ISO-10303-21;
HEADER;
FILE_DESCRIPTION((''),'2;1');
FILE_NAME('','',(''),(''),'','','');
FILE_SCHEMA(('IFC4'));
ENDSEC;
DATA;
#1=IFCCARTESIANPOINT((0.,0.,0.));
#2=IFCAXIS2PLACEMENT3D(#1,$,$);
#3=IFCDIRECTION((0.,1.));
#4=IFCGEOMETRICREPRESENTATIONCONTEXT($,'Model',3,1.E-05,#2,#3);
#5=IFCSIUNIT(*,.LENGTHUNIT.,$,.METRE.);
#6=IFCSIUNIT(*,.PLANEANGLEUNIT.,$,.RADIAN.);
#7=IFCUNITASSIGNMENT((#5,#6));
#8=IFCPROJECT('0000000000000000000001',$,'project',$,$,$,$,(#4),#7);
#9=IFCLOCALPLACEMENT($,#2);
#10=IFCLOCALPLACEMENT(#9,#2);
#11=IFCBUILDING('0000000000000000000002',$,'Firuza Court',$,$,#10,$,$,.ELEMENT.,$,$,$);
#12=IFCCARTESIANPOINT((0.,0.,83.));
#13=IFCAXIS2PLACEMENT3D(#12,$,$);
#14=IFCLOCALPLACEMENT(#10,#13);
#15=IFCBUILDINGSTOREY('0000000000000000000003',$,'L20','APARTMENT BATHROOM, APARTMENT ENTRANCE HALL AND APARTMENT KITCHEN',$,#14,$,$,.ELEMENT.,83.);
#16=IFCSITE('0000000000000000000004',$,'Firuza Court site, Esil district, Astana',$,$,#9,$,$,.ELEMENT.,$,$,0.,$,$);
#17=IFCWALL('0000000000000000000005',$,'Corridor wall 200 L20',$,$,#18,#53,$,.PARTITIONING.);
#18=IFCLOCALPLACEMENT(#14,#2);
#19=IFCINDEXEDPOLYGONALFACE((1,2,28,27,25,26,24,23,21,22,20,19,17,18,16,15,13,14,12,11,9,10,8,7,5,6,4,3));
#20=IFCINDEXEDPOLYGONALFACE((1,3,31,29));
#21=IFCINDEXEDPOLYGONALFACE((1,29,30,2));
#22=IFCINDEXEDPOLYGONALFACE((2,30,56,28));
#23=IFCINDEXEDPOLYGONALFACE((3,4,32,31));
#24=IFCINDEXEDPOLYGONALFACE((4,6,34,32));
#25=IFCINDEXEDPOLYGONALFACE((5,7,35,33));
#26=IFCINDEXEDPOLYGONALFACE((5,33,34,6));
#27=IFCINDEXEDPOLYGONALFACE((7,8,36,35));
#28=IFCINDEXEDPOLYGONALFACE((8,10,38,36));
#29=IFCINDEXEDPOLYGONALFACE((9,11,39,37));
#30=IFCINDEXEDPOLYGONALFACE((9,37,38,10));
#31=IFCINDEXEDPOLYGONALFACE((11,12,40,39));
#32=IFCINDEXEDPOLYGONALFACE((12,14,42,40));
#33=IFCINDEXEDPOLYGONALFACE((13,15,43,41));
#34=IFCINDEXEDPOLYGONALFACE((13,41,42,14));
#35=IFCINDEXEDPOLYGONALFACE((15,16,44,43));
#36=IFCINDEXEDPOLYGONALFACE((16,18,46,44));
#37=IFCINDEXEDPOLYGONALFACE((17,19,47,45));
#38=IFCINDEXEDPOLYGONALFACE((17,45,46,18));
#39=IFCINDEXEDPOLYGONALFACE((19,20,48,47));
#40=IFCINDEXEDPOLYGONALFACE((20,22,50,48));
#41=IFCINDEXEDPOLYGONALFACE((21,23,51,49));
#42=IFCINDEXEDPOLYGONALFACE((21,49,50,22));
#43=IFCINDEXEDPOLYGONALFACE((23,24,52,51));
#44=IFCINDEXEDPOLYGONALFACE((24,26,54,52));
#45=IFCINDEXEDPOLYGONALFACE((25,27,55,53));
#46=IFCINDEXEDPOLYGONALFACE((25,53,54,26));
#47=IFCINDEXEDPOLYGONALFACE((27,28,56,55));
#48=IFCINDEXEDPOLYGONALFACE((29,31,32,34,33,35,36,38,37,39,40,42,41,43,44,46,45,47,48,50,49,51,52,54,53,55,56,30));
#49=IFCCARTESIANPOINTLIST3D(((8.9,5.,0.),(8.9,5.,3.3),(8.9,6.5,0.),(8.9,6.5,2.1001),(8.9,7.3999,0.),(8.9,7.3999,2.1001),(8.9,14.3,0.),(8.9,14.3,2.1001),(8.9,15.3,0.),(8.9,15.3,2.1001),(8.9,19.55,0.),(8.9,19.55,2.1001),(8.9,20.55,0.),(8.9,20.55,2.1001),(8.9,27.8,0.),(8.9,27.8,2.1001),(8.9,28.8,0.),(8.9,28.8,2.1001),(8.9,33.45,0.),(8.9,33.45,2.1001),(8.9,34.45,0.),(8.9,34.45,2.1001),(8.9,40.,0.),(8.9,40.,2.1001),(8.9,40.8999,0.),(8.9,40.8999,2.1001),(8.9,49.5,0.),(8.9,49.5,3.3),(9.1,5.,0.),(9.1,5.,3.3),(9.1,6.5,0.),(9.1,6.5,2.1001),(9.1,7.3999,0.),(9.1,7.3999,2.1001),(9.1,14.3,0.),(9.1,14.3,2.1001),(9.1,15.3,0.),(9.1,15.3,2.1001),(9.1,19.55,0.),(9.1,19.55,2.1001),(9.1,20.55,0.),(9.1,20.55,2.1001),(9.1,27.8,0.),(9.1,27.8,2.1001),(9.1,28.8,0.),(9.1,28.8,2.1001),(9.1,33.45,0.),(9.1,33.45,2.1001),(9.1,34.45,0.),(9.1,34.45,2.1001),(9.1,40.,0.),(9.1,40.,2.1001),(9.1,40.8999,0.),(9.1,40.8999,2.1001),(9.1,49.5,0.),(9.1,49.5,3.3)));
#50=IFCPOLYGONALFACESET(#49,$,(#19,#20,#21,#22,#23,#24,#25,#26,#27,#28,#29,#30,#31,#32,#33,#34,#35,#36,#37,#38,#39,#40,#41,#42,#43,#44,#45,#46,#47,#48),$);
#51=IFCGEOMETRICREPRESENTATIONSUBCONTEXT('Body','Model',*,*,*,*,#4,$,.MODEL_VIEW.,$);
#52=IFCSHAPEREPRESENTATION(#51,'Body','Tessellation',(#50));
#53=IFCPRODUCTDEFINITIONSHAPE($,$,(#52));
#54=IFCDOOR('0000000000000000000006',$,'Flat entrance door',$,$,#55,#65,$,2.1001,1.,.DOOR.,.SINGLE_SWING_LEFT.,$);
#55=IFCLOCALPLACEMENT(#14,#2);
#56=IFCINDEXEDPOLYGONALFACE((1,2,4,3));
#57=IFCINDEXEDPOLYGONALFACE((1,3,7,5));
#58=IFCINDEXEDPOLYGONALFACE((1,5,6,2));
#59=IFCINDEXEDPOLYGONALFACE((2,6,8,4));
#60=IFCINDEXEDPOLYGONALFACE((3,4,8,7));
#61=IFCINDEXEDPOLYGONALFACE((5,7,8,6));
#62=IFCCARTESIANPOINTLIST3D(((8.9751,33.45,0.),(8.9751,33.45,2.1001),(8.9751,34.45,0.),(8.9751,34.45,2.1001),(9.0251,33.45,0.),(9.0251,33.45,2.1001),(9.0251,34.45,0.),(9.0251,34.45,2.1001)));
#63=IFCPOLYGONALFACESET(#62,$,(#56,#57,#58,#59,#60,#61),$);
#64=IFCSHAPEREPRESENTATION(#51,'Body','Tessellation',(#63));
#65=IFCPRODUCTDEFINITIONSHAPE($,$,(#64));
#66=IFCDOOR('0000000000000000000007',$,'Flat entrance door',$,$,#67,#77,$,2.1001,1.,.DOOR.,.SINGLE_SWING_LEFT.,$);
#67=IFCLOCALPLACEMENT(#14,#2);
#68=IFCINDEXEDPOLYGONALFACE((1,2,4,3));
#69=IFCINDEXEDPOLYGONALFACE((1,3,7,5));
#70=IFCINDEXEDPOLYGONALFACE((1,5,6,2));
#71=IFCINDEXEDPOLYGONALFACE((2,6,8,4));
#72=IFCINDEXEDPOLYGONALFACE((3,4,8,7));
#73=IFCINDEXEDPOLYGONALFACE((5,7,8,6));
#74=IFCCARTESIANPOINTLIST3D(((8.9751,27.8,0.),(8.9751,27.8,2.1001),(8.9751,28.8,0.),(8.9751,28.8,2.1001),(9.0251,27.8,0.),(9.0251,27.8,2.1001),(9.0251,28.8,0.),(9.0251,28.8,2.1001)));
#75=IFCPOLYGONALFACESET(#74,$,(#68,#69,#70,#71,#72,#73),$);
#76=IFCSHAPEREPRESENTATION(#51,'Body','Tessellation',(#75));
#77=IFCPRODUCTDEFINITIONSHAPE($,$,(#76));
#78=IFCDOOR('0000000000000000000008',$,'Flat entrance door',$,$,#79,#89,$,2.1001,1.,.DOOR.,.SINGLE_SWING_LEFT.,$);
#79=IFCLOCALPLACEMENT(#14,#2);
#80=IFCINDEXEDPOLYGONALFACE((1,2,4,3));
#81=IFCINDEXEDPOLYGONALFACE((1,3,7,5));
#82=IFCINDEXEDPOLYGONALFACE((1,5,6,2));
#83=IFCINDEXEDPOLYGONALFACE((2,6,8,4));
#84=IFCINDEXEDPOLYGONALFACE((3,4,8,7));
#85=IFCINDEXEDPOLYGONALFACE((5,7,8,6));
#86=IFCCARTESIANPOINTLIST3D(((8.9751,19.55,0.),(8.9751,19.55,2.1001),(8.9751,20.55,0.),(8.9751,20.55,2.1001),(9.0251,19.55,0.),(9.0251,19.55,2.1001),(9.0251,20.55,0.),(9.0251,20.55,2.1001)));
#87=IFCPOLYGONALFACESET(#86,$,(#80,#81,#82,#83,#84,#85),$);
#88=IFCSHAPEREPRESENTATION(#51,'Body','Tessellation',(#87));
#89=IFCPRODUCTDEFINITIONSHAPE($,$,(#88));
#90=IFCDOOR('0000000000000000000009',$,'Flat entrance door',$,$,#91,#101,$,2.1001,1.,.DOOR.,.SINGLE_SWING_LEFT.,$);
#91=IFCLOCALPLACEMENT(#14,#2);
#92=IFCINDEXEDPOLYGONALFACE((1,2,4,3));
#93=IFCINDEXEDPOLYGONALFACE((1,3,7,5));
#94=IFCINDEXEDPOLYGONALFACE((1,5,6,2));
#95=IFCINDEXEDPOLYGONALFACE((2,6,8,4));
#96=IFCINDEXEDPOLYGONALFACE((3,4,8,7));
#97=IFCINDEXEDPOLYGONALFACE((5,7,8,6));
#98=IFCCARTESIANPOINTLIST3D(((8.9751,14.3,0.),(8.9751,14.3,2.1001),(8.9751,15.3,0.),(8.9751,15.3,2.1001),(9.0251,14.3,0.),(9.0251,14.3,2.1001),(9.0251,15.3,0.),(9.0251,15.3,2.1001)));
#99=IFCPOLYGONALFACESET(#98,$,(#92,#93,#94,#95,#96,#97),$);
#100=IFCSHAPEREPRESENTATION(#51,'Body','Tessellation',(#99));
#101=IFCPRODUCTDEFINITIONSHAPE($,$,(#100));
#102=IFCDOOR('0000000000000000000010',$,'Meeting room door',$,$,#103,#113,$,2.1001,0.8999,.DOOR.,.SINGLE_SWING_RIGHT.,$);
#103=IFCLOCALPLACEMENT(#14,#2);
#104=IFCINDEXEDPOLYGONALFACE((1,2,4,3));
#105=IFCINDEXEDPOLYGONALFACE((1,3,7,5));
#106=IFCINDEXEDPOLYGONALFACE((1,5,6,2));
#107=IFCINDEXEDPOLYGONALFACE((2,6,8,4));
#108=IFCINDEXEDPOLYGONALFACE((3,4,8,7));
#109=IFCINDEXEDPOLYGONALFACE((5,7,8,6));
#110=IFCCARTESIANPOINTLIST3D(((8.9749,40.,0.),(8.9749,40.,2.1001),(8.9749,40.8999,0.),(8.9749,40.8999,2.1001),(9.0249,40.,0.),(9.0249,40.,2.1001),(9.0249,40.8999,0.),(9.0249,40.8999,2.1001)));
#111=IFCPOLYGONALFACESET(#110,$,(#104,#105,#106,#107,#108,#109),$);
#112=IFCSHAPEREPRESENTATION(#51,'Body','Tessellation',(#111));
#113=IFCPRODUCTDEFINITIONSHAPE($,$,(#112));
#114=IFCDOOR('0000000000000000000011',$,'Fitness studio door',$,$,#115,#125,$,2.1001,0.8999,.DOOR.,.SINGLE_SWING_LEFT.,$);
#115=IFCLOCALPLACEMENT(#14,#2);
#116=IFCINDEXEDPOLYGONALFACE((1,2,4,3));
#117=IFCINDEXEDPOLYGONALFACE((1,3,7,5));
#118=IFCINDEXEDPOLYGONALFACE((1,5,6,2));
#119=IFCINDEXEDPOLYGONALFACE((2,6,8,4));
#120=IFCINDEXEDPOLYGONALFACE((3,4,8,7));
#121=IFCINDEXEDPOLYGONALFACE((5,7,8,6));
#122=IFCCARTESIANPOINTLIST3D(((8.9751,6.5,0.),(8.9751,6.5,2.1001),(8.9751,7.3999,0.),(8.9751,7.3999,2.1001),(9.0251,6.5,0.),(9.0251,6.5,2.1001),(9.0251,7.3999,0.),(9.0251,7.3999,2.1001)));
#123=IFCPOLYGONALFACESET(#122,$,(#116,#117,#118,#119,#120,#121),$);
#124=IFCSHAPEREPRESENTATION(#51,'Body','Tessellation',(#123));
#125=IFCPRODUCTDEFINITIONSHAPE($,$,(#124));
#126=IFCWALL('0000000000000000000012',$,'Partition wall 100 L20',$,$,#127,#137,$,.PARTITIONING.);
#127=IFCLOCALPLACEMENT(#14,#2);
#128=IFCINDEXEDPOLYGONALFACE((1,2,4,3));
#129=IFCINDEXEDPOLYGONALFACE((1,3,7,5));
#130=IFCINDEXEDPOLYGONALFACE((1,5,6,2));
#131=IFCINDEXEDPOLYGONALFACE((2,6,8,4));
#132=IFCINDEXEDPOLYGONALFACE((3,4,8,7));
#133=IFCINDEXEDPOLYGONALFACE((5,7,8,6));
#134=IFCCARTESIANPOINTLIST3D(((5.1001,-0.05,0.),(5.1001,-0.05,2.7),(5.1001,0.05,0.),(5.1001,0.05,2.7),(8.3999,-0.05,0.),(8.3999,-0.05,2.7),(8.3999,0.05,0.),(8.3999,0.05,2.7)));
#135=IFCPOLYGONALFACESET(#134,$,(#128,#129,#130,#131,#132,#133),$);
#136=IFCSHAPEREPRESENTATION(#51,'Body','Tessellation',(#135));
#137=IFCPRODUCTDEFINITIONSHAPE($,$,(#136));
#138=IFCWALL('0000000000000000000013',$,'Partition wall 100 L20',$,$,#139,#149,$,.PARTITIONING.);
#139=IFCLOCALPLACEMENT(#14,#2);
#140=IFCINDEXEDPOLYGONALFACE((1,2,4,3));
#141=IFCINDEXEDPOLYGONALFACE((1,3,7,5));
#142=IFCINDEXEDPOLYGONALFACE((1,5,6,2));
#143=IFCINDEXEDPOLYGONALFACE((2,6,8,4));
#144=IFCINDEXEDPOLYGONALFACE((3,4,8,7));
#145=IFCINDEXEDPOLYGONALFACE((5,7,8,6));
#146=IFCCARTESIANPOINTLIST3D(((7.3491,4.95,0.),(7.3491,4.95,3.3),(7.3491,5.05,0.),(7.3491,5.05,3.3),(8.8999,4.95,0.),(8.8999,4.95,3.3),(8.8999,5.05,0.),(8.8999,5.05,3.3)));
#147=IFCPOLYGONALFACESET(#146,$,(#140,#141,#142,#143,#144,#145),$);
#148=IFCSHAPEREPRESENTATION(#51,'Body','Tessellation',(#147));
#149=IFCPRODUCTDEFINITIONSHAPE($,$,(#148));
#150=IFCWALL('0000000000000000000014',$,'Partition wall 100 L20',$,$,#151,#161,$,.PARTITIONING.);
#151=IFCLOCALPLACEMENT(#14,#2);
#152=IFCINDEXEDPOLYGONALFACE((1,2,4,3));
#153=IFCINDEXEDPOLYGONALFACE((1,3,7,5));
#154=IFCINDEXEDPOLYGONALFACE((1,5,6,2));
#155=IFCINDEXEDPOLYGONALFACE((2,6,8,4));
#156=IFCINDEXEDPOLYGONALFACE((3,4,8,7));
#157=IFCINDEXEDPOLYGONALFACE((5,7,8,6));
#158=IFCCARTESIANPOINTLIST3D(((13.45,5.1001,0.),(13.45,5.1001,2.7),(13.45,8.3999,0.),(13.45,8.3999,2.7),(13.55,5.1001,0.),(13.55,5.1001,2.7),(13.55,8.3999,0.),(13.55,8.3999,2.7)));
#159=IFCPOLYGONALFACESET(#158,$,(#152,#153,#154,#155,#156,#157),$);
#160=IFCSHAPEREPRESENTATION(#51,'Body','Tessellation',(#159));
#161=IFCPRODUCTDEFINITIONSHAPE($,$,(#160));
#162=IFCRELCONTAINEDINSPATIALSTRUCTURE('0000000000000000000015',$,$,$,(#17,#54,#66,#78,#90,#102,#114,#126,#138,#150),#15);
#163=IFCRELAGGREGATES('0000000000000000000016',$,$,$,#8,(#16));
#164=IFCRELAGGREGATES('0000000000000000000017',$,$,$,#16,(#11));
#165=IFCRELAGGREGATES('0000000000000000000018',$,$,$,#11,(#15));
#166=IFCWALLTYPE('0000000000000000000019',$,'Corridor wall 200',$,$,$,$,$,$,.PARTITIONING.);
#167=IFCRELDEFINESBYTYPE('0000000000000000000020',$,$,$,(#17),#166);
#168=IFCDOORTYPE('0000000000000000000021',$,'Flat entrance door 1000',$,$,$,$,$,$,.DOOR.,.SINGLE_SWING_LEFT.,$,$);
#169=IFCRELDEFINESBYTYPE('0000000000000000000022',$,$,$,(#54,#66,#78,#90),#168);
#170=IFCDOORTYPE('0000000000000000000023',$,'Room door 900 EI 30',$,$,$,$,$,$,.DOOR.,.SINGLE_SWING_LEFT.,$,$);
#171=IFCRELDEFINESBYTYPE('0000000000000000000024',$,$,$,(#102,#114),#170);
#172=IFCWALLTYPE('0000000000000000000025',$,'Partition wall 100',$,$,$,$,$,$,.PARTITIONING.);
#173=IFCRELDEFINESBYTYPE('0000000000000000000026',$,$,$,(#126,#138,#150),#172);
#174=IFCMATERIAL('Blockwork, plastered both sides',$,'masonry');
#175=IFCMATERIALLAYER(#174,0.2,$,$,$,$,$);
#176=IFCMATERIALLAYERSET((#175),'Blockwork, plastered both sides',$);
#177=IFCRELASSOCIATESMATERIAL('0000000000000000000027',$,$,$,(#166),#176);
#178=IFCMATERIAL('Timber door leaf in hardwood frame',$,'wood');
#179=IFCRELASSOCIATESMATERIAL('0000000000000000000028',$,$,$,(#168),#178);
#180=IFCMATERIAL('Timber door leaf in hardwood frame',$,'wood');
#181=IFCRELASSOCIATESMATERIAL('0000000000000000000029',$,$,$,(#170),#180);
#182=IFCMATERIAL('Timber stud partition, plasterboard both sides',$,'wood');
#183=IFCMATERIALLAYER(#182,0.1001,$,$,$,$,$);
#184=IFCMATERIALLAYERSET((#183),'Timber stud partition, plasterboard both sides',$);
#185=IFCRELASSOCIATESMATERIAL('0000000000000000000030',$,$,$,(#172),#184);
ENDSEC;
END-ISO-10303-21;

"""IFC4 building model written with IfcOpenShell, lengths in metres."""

from ifc_helpers import new_model, si_unit, direction, frame, frame_2d, origin, place, context, subcontext, project, spatial, rectangle, extrude, material, layer, layer_set, type_object, element, fill, save


model = new_model("IFC4")

# Units and contexts
model_context = context("Model", 3, precision=1e-05, world=origin(), true_north=direction((0.0, 1.0)))
body_context = subcontext(model_context, "Body", "Model", "MODEL_VIEW")
ifc_project = project(units=[si_unit("LENGTHUNIT", "METRE"), si_unit("PLANEANGLEUNIT", "RADIAN")], contexts=[model_context])

# Site, building, storey
site_placement = place(None, origin())
site = spatial("IfcSite", under=ifc_project, at=site_placement, Name="Firuza Court site, Esil district, Astana", CompositionType="ELEMENT", RefElevation=0.0)
building_placement = place(site_placement, origin())
building = spatial("IfcBuilding", under=site, at=building_placement, Name="Firuza Court", CompositionType="ELEMENT")
storey_placement = place(building_placement, frame((0.0, 0.0, 83.0)))
storey = spatial("IfcBuildingStorey", under=building, at=storey_placement, Name="L20", Description="APARTMENT BATHROOM, APARTMENT ENTRANCE HALL AND APARTMENT KITCHEN", CompositionType="ELEMENT", Elevation=83.0)

# Wall, openings, doors
ifc_material_1 = material(Name="Blockwork, plastered both sides", Category="masonry")
ifc_layer_1 = layer(ifc_material_1, 0.2)
ifc_layer_set_1 = layer_set([ifc_layer_1], Name="Blockwork, plastered both sides")
wall_type_1 = type_object("IfcWallType", Name="Corridor wall 200", PredefinedType="PARTITIONING", material=ifc_layer_set_1)
wall_1_placement = place(storey_placement, frame((9.0, 5.0, 0.0), z_axis=(0.0, 0.0, 1.0), x_axis=(0.0, 1.0, 0.0)))
wall_1 = element("IfcWall", 1, at=wall_1_placement, inside=storey, type_object=wall_type_1, Name="Corridor wall 200 L20", PredefinedType="PARTITIONING", context=body_context, shape_type="SweptSolid", body=[
    extrude(rectangle(XDim=44.5, YDim=0.2, at=frame_2d((22.25, 0.0))), origin(), (0.0, 0.0, 1.0), 3.3),
])
opening_1_placement = place(wall_1_placement, frame((28.45, 0.0, 0.0)))
opening_1 = element("IfcOpeningElement", 2, at=opening_1_placement, cuts=wall_1, PredefinedType="OPENING", context=body_context, shape_type="SweptSolid", body=[
    extrude(rectangle(XDim=1.0, YDim=2.1001, at=frame_2d((0.5, 1.05))), frame((0.0, 0.1118, 0.0), z_axis=(0.0, -1.0, 0.0), x_axis=(1.0, 0.0, 0.0)), (0.0, 0.0, 1.0), 0.2239),
])
opening_2_placement = place(wall_1_placement, frame((22.8, 0.0, 0.0)))
opening_2 = element("IfcOpeningElement", 3, at=opening_2_placement, cuts=wall_1, PredefinedType="OPENING", context=body_context, shape_type="SweptSolid", body=[
    extrude(rectangle(XDim=1.0, YDim=2.1001, at=frame_2d((0.5, 1.05))), frame((0.0, 0.1118, 0.0), z_axis=(0.0, -1.0, 0.0), x_axis=(1.0, 0.0, 0.0)), (0.0, 0.0, 1.0), 0.2239),
])
opening_3_placement = place(wall_1_placement, frame((14.55, 0.0, 0.0)))
opening_3 = element("IfcOpeningElement", 4, at=opening_3_placement, cuts=wall_1, PredefinedType="OPENING", context=body_context, shape_type="SweptSolid", body=[
    extrude(rectangle(XDim=1.0, YDim=2.1001, at=frame_2d((0.5, 1.05))), frame((0.0, 0.1118, 0.0), z_axis=(0.0, -1.0, 0.0), x_axis=(1.0, 0.0, 0.0)), (0.0, 0.0, 1.0), 0.2239),
])
opening_4_placement = place(wall_1_placement, frame((9.3, 0.0, 0.0)))
opening_4 = element("IfcOpeningElement", 5, at=opening_4_placement, cuts=wall_1, PredefinedType="OPENING", context=body_context, shape_type="SweptSolid", body=[
    extrude(rectangle(XDim=1.0, YDim=2.1001, at=frame_2d((0.5, 1.05))), frame((0.0, 0.1118, 0.0), z_axis=(0.0, -1.0, 0.0), x_axis=(1.0, 0.0, 0.0)), (0.0, 0.0, 1.0), 0.2239),
])
opening_5_placement = place(wall_1_placement, frame((35.0, 0.0, 0.0)))
opening_5 = element("IfcOpeningElement", 6, at=opening_5_placement, cuts=wall_1, PredefinedType="OPENING", context=body_context, shape_type="SweptSolid", body=[
    extrude(rectangle(XDim=0.8999, YDim=2.1001, at=frame_2d((0.45, 1.05))), frame((0.0, 0.1118, 0.0), z_axis=(0.0, -1.0, 0.0), x_axis=(1.0, 0.0, 0.0)), (0.0, 0.0, 1.0), 0.2239),
])
opening_6_placement = place(wall_1_placement, frame((1.5, 0.0, 0.0)))
opening_6 = element("IfcOpeningElement", 7, at=opening_6_placement, cuts=wall_1, PredefinedType="OPENING", context=body_context, shape_type="SweptSolid", body=[
    extrude(rectangle(XDim=0.8999, YDim=2.1001, at=frame_2d((0.45, 1.05))), frame((0.0, 0.1118, 0.0), z_axis=(0.0, -1.0, 0.0), x_axis=(1.0, 0.0, 0.0)), (0.0, 0.0, 1.0), 0.2239),
])
ifc_material_2 = material(Name="Timber door leaf in hardwood frame", Category="wood")
door_type_1 = type_object("IfcDoorType", Name="Flat entrance door 1000", OperationType="SINGLE_SWING_LEFT", PredefinedType="DOOR", material=ifc_material_2)
door_1_placement = place(opening_1_placement, origin())
door_1 = element("IfcDoor", 8, at=door_1_placement, inside=storey, type_object=door_type_1, Name="Flat entrance door", OperationType="SINGLE_SWING_LEFT", OverallHeight=2.1001, OverallWidth=1.0, PredefinedType="DOOR", context=body_context, shape_type="SweptSolid", body=[
    extrude(rectangle(XDim=1.0, YDim=2.1001, at=frame_2d((0.5, 1.05))), frame((0.0, 0.0249, 0.0), z_axis=(0.0, -1.0, 0.0), x_axis=(1.0, 0.0, 0.0)), (0.0, 0.0, 1.0), 0.05),
])
fill(opening_1, door_1)
door_2_placement = place(opening_2_placement, origin())
door_2 = element("IfcDoor", 9, at=door_2_placement, inside=storey, type_object=door_type_1, Name="Flat entrance door", OperationType="SINGLE_SWING_LEFT", OverallHeight=2.1001, OverallWidth=1.0, PredefinedType="DOOR", context=body_context, shape_type="SweptSolid", body=[
    extrude(rectangle(XDim=1.0, YDim=2.1001, at=frame_2d((0.5, 1.05))), frame((0.0, 0.0249, 0.0), z_axis=(0.0, -1.0, 0.0), x_axis=(1.0, 0.0, 0.0)), (0.0, 0.0, 1.0), 0.05),
])
fill(opening_2, door_2)
door_3_placement = place(opening_3_placement, origin())
door_3 = element("IfcDoor", 10, at=door_3_placement, inside=storey, type_object=door_type_1, Name="Flat entrance door", OperationType="SINGLE_SWING_LEFT", OverallHeight=2.1001, OverallWidth=1.0, PredefinedType="DOOR", context=body_context, shape_type="SweptSolid", body=[
    extrude(rectangle(XDim=1.0, YDim=2.1001, at=frame_2d((0.5, 1.05))), frame((0.0, 0.0249, 0.0), z_axis=(0.0, -1.0, 0.0), x_axis=(1.0, 0.0, 0.0)), (0.0, 0.0, 1.0), 0.05),
])
fill(opening_3, door_3)
door_4_placement = place(opening_4_placement, origin())
door_4 = element("IfcDoor", 11, at=door_4_placement, inside=storey, type_object=door_type_1, Name="Flat entrance door", OperationType="SINGLE_SWING_LEFT", OverallHeight=2.1001, OverallWidth=1.0, PredefinedType="DOOR", context=body_context, shape_type="SweptSolid", body=[
    extrude(rectangle(XDim=1.0, YDim=2.1001, at=frame_2d((0.5, 1.05))), frame((0.0, 0.0249, 0.0), z_axis=(0.0, -1.0, 0.0), x_axis=(1.0, 0.0, 0.0)), (0.0, 0.0, 1.0), 0.05),
])
fill(opening_4, door_4)
ifc_material_3 = material(Name="Timber door leaf in hardwood frame", Category="wood")
door_type_2 = type_object("IfcDoorType", Name="Room door 900 EI 30", OperationType="SINGLE_SWING_LEFT", PredefinedType="DOOR", material=ifc_material_3)
door_5_placement = place(opening_5_placement, frame((0.8999, 0.0, 0.0), z_axis=(0.0, 0.0, 1.0), x_axis=(-1.0, 0.0, 0.0)))
door_5 = element("IfcDoor", 12, at=door_5_placement, inside=storey, type_object=door_type_2, Name="Meeting room door", OperationType="SINGLE_SWING_RIGHT", OverallHeight=2.1001, OverallWidth=0.8999, PredefinedType="DOOR", context=body_context, shape_type="SweptSolid", body=[
    extrude(rectangle(XDim=0.8999, YDim=2.1001, at=frame_2d((0.45, 1.05))), frame((0.0, 0.0249, 0.0), z_axis=(0.0, -1.0, 0.0), x_axis=(1.0, 0.0, 0.0)), (0.0, 0.0, 1.0), 0.05),
])
fill(opening_5, door_5)
door_6_placement = place(opening_6_placement, origin())
door_6 = element("IfcDoor", 13, at=door_6_placement, inside=storey, type_object=door_type_2, Name="Fitness studio door", OperationType="SINGLE_SWING_LEFT", OverallHeight=2.1001, OverallWidth=0.8999, PredefinedType="DOOR", context=body_context, shape_type="SweptSolid", body=[
    extrude(rectangle(XDim=0.8999, YDim=2.1001, at=frame_2d((0.45, 1.05))), frame((0.0, 0.0249, 0.0), z_axis=(0.0, -1.0, 0.0), x_axis=(1.0, 0.0, 0.0)), (0.0, 0.0, 1.0), 0.05),
])
fill(opening_6, door_6)

# Walls
ifc_material_4 = material(Name="Timber stud partition, plasterboard both sides", Category="wood")
ifc_layer_2 = layer(ifc_material_4, 0.1001)
ifc_layer_set_2 = layer_set([ifc_layer_2], Name="Timber stud partition, plasterboard both sides")
wall_type_2 = type_object("IfcWallType", Name="Partition wall 100", PredefinedType="PARTITIONING", material=ifc_layer_set_2)
wall_2_placement = place(storey_placement, frame((5.1001, 0.0, 0.0), z_axis=(0.0, 0.0, 1.0), x_axis=(1.0, 0.0, 0.0)))
element("IfcWall", 14, at=wall_2_placement, inside=storey, type_object=wall_type_2, Name="Partition wall 100 L20", PredefinedType="PARTITIONING", context=body_context, shape_type="SweptSolid", body=[
    extrude(rectangle(XDim=3.2998, YDim=0.1001, at=frame_2d((1.6499, 0.0))), origin(), (0.0, 0.0, 1.0), 2.7),
])
wall_3_placement = place(storey_placement, frame((7.3491, 5.0, 0.0), z_axis=(0.0, 0.0, 1.0), x_axis=(1.0, 0.0, 0.0)))
element("IfcWall", 15, at=wall_3_placement, inside=storey, type_object=wall_type_2, Name="Partition wall 100 L20", PredefinedType="PARTITIONING", context=body_context, shape_type="SweptSolid", body=[
    extrude(rectangle(XDim=1.5508, YDim=0.1001, at=frame_2d((0.7754, 0.0))), origin(), (0.0, 0.0, 1.0), 3.3),
])
wall_4_placement = place(storey_placement, frame((13.5, 5.1001, 0.0), z_axis=(0.0, 0.0, 1.0), x_axis=(0.0, 1.0, 0.0)))
element("IfcWall", 16, at=wall_4_placement, inside=storey, type_object=wall_type_2, Name="Partition wall 100 L20", PredefinedType="PARTITIONING", context=body_context, shape_type="SweptSolid", body=[
    extrude(rectangle(XDim=3.2998, YDim=0.1001, at=frame_2d((1.6499, 0.0))), origin(), (0.0, 0.0, 1.0), 2.7),
])

save(model, "model.ifc")
